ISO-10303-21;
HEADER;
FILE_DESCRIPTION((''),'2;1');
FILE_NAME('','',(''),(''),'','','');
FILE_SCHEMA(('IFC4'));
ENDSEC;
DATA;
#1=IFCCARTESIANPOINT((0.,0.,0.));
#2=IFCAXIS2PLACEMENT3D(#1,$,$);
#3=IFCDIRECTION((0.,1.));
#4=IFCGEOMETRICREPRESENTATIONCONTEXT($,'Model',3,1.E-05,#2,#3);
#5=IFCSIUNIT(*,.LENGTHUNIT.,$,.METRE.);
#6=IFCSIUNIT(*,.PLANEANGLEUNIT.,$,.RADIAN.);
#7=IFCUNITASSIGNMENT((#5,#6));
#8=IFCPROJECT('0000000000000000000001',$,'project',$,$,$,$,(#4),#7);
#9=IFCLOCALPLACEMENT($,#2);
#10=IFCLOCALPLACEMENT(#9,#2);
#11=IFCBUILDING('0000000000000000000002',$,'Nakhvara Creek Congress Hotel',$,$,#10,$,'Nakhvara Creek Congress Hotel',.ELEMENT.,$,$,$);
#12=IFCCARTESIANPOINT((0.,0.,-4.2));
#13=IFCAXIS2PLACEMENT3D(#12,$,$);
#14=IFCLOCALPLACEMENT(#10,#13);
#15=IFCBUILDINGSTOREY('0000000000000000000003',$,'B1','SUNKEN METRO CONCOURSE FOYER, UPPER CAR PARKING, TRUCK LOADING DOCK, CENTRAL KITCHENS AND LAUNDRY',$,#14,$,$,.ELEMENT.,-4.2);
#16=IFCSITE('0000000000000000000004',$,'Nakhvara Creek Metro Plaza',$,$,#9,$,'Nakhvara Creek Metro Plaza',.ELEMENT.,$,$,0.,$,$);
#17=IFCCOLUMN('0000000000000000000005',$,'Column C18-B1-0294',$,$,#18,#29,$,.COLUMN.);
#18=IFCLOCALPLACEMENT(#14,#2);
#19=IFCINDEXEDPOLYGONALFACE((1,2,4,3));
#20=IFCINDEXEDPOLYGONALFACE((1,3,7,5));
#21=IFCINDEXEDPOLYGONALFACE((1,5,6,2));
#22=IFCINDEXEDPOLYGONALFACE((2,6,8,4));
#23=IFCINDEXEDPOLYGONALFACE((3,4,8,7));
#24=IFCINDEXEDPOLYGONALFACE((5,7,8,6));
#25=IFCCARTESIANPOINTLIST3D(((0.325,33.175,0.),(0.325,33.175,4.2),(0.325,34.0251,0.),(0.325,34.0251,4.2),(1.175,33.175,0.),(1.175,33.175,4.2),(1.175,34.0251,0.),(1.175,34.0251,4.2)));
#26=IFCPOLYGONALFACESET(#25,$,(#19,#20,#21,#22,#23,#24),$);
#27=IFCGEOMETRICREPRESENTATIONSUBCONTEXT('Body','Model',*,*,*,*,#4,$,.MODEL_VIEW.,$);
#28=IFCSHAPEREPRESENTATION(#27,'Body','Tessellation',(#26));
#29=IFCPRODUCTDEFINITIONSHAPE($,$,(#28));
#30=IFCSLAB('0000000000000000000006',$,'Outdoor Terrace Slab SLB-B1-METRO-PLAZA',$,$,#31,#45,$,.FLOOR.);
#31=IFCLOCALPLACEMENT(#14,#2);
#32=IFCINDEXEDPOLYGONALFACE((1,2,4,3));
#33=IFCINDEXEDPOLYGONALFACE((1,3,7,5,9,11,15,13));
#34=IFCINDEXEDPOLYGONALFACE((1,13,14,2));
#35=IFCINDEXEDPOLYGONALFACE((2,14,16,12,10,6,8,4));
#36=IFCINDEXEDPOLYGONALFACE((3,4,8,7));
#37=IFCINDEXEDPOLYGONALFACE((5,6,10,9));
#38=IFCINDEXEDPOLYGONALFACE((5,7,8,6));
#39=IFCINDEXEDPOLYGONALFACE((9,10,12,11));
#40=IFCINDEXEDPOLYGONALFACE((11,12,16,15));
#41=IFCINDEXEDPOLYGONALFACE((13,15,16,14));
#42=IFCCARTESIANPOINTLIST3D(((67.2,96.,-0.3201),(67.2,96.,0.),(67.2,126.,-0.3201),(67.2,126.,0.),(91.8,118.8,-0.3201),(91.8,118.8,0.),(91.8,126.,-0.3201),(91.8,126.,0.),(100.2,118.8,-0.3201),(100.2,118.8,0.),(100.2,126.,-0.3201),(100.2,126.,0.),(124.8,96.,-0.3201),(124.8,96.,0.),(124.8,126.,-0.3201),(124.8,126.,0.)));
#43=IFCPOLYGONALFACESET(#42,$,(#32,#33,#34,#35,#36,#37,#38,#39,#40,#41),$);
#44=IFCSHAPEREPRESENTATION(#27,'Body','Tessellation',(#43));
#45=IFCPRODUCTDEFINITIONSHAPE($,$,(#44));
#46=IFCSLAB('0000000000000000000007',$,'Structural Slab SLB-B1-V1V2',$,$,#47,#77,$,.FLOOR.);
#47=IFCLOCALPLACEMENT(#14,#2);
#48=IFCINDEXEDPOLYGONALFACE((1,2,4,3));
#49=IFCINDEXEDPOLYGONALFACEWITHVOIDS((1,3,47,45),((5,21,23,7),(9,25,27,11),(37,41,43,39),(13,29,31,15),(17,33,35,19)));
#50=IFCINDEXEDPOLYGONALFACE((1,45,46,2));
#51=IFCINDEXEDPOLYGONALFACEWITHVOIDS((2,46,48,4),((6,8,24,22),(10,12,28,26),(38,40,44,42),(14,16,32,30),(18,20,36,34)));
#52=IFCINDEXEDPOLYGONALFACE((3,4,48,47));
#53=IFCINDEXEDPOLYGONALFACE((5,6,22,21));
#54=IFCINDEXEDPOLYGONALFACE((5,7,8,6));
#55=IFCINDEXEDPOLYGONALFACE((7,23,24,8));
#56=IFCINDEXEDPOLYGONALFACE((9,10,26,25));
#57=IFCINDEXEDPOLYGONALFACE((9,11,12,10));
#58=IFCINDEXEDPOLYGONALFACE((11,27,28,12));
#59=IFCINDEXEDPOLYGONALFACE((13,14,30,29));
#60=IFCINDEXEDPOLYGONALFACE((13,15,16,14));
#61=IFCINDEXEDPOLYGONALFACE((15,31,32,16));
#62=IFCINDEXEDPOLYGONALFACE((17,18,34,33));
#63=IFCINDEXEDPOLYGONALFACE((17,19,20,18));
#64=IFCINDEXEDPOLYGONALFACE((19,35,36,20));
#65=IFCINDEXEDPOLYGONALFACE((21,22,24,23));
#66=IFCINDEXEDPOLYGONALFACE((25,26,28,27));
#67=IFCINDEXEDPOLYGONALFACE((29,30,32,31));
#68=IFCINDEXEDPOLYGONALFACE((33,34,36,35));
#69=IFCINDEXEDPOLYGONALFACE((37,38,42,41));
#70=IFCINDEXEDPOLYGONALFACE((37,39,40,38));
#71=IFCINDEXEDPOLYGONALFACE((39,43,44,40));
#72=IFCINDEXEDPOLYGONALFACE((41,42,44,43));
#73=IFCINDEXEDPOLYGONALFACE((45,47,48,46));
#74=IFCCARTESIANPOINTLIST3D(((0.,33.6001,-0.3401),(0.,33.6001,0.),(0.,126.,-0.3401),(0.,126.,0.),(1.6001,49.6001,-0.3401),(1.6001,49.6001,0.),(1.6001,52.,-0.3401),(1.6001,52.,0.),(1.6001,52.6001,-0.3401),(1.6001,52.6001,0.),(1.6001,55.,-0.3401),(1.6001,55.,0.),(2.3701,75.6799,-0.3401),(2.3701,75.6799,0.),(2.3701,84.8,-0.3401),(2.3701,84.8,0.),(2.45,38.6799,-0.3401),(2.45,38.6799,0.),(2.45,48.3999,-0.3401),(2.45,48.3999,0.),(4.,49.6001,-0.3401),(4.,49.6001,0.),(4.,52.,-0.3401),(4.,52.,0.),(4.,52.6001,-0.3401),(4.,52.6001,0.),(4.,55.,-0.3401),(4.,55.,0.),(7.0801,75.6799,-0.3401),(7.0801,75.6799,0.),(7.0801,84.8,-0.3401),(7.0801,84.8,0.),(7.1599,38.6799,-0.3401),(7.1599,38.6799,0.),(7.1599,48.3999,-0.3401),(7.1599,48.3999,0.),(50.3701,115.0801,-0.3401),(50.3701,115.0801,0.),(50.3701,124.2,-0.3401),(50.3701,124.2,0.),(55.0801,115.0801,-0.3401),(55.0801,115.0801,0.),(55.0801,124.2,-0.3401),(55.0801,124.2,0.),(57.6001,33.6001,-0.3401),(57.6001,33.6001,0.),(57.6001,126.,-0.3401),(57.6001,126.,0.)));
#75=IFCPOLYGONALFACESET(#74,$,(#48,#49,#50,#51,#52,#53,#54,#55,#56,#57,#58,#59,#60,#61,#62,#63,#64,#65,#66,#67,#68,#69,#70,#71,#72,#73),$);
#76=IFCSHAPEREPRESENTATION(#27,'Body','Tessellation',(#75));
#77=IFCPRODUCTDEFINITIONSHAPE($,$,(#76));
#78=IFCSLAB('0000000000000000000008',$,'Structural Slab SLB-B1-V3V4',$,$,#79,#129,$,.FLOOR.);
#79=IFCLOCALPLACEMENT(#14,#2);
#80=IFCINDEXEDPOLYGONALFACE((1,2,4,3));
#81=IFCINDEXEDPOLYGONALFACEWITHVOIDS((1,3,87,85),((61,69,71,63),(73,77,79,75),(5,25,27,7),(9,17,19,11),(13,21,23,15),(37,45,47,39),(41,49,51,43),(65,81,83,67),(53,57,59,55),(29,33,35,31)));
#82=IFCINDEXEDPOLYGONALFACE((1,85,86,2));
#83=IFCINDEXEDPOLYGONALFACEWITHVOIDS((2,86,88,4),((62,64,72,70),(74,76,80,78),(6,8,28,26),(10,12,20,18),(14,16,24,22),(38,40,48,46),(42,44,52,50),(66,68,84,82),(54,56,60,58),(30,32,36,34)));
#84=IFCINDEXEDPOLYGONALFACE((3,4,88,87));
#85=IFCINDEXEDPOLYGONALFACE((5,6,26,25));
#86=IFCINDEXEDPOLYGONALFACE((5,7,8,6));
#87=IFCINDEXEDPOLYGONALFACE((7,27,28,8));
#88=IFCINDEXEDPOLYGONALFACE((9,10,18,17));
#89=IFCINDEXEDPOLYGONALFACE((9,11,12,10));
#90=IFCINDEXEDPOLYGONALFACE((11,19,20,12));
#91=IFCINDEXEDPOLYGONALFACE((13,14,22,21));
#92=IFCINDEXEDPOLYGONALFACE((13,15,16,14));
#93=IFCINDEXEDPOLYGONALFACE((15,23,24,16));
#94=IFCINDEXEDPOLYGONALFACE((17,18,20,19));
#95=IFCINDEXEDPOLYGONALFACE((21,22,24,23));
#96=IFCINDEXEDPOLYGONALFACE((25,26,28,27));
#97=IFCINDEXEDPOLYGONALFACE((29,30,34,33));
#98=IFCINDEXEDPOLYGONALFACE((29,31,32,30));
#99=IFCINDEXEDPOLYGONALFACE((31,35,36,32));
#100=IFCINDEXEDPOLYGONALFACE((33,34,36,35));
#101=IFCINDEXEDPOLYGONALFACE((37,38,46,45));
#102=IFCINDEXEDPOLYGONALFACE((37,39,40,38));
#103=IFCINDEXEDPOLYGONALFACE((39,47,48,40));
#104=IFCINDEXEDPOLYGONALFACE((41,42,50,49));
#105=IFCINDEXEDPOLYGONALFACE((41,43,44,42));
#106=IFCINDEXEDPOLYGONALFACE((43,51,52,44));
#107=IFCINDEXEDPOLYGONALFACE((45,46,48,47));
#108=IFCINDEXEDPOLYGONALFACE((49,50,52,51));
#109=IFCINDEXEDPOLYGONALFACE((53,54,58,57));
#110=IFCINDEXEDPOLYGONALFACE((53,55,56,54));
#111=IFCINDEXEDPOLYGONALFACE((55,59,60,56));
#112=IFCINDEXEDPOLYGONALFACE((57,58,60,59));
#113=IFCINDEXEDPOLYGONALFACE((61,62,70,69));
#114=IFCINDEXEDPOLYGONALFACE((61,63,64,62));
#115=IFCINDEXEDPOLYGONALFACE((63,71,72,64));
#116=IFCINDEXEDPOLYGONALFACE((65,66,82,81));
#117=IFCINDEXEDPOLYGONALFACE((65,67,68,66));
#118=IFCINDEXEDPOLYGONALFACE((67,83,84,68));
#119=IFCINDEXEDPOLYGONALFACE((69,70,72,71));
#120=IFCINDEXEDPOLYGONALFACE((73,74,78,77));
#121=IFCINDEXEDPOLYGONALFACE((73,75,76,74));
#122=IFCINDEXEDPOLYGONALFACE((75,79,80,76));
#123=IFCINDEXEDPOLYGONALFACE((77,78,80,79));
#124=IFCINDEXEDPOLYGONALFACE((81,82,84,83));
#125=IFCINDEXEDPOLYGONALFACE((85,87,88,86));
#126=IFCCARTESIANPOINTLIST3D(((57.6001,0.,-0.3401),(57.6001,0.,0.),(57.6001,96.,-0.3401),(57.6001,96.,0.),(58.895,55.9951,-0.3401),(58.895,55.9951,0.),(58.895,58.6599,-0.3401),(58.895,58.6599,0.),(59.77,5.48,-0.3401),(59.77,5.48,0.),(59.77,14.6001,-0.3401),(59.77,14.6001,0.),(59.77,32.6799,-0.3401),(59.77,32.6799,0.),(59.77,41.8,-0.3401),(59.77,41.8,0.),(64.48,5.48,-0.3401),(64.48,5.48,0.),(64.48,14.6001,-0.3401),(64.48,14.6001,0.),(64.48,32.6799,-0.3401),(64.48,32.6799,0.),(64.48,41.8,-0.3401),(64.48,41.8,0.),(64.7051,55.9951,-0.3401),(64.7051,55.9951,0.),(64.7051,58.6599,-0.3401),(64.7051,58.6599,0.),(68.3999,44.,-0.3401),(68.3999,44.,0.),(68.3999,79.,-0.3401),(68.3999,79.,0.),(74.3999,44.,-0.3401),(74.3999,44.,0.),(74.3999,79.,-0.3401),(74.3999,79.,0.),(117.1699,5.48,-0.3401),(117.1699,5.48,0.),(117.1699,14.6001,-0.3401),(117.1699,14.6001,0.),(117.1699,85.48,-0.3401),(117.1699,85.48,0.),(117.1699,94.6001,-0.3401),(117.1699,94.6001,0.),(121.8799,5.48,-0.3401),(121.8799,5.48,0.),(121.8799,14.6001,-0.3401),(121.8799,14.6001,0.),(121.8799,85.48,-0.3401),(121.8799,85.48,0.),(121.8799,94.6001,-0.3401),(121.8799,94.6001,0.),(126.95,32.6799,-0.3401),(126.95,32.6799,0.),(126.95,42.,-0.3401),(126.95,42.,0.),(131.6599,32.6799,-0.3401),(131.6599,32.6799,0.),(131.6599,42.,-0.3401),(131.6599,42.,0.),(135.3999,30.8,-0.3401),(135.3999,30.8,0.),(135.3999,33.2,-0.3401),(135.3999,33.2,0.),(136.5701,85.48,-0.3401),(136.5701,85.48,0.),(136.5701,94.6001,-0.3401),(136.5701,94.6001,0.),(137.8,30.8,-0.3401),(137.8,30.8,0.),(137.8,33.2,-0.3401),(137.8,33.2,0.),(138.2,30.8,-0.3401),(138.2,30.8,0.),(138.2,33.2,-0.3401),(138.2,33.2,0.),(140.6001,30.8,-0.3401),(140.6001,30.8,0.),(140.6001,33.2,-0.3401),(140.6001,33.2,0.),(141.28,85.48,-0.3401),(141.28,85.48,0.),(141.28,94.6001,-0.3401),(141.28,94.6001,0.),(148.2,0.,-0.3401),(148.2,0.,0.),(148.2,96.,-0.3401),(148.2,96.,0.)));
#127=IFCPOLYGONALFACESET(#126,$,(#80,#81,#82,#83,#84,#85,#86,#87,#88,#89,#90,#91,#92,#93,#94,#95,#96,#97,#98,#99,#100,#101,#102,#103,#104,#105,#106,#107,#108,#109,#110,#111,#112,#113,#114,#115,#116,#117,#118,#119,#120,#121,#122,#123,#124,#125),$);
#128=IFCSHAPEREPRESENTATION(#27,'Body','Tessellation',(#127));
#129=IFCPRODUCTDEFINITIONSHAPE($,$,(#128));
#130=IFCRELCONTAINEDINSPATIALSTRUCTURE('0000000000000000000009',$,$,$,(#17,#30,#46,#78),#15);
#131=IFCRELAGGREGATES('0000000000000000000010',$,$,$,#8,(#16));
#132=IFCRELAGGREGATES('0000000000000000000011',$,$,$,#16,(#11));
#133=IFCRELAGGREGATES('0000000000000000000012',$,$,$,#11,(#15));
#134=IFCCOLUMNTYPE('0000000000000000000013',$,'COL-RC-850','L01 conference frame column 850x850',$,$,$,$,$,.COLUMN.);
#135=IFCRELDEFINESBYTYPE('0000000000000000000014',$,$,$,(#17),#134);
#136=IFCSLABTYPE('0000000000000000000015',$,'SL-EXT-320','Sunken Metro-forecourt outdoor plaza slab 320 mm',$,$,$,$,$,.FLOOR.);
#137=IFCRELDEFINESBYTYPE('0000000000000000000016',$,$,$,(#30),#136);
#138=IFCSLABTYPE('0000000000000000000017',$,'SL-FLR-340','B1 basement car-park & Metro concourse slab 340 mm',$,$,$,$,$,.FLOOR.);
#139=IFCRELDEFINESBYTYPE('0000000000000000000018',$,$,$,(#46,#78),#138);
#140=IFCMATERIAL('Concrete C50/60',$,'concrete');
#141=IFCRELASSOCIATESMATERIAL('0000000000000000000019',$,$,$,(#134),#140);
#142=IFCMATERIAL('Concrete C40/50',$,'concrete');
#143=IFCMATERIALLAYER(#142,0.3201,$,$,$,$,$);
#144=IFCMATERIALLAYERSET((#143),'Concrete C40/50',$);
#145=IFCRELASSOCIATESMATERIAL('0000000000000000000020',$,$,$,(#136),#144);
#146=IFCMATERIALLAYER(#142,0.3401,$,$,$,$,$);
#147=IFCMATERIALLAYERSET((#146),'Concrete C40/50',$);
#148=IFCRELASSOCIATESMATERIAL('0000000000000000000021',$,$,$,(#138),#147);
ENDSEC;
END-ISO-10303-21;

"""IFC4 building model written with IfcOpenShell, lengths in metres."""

from ifc_helpers import new_model, si_unit, direction, frame, origin, origin_2d, place, context, subcontext, project, spatial, polyline, rectangle, outline, extrude, material, layer, layer_set, material_profile, profile_set, type_object, element, save


model = new_model("IFC4")

# Units and contexts
model_context = context("Model", 3, precision=1e-05, world=origin(), true_north=direction((0.0, 1.0)))
body_context = subcontext(model_context, "Body", "Model", "MODEL_VIEW")
ifc_project = project(units=[si_unit("LENGTHUNIT", "METRE"), si_unit("PLANEANGLEUNIT", "RADIAN")], contexts=[model_context])

# Site, building, storey
site_placement = place(None, origin())
site = spatial("IfcSite", under=ifc_project, at=site_placement, Name="Nakhvara Creek Metro Plaza", LongName="Nakhvara Creek Metro Plaza", CompositionType="ELEMENT", RefElevation=0.0)
building_placement = place(site_placement, origin())
building = spatial("IfcBuilding", under=site, at=building_placement, Name="Nakhvara Creek Congress Hotel", LongName="Nakhvara Creek Congress Hotel", CompositionType="ELEMENT")
storey_placement = place(building_placement, frame((0.0, 0.0, -4.2)))
storey = spatial("IfcBuildingStorey", under=building, at=storey_placement, Name="B1", Description="SUNKEN METRO CONCOURSE FOYER, UPPER CAR PARKING, TRUCK LOADING DOCK, CENTRAL KITCHENS AND LAUNDRY", CompositionType="ELEMENT", Elevation=-4.2)

# Column
ifc_material_1 = material(Name="Concrete C50/60", Category="concrete")
ifc_material_profile = material_profile(ifc_material_1, rectangle(XDim=0.8501, YDim=0.8501, at=origin_2d()), Name="RC-COL 850x850", Category="LoadBearing")
ifc_profile_set = profile_set([ifc_material_profile], Name="Concrete C50/60")
column_type = type_object("IfcColumnType", Name="COL-RC-850", Description="L01 conference frame column 850x850", PredefinedType="COLUMN", material=ifc_profile_set)
column_placement = place(storey_placement, frame((0.75, 33.6001, 0.0), z_axis=(0.0, 0.0, 1.0), x_axis=(1.0, 0.0, 0.0)))
element("IfcColumn", 1, at=column_placement, inside=storey, type_object=column_type, Name="Column C18-B1-0294", PredefinedType="COLUMN", context=body_context, shape_type="SweptSolid", body=[
    extrude(rectangle(XDim=0.8501, YDim=0.8501, at=origin_2d()), origin(), (0.0, 0.0, 1.0), 4.2),
])

# Slabs
ifc_material_2 = material(Name="Concrete C40/50", Category="concrete")
ifc_layer_1 = layer(ifc_material_2, 0.3201)
ifc_layer_set_1 = layer_set([ifc_layer_1], Name="Concrete C40/50")
slab_type_1 = type_object("IfcSlabType", Name="SL-EXT-320", Description="Sunken Metro-forecourt outdoor plaza slab 320 mm", PredefinedType="FLOOR", material=ifc_layer_set_1)
slab_1_placement = place(storey_placement, frame((0.0, 0.0, -0.3201)))
element("IfcSlab", 2, at=slab_1_placement, inside=storey, type_object=slab_type_1, Name="Outdoor Terrace Slab SLB-B1-METRO-PLAZA", PredefinedType="FLOOR", context=body_context, shape_type="SweptSolid", body=[
    extrude(outline(polyline([(67.2, 96.0), (124.8, 96.0), (124.8, 126.0), (100.2, 126.0), (100.2, 118.8), (91.8, 118.8), (91.8, 126.0), (67.2, 126.0), (67.2, 96.0)])), origin(), (0.0, 0.0, 1.0), 0.3201),
])
ifc_layer_2 = layer(ifc_material_2, 0.3401)
ifc_layer_set_2 = layer_set([ifc_layer_2], Name="Concrete C40/50")
slab_type_2 = type_object("IfcSlabType", Name="SL-FLR-340", Description="B1 basement car-park & Metro concourse slab 340 mm", PredefinedType="FLOOR", material=ifc_layer_set_2)
slab_2_placement = place(storey_placement, frame((0.0, 0.0, -0.3401)))
element("IfcSlab", 3, at=slab_2_placement, inside=storey, type_object=slab_type_2, Name="Structural Slab SLB-B1-V1V2", PredefinedType="FLOOR", context=body_context, shape_type="SweptSolid", body=[
    extrude(outline(polyline([(0.0, 126.0), (57.6001, 126.0), (57.6001, 33.6001), (0.0, 33.6001), (0.0, 126.0)]), holes=[polyline([(2.45, 48.3999), (2.45, 38.6799), (7.1599, 38.6799), (7.1599, 48.3999), (2.45, 48.3999)]), polyline([(4.0, 52.0), (1.6001, 52.0), (1.6001, 49.6001), (4.0, 49.6001), (4.0, 52.0)]), polyline([(4.0, 55.0), (1.6001, 55.0), (1.6001, 52.6001), (4.0, 52.6001), (4.0, 55.0)]), polyline([(7.0801, 84.8), (2.3701, 84.8), (2.3701, 75.6799), (7.0801, 75.6799), (7.0801, 84.8)]), polyline([(55.0801, 124.2), (50.3701, 124.2), (50.3701, 115.0801), (55.0801, 115.0801), (55.0801, 124.2)])]), origin(), (0.0, 0.0, 1.0), 0.3401),
])
slab_3_placement = place(storey_placement, frame((0.0, 0.0, -0.3401)))
element("IfcSlab", 4, at=slab_3_placement, inside=storey, type_object=slab_type_2, Name="Structural Slab SLB-B1-V3V4", PredefinedType="FLOOR", context=body_context, shape_type="SweptSolid", body=[
    extrude(outline(polyline([(57.6001, 96.0), (148.2, 96.0), (148.2, 0.0), (57.6001, 0.0), (57.6001, 96.0)]), holes=[polyline([(64.48, 14.6001), (59.77, 14.6001), (59.77, 5.48), (64.48, 5.48), (64.48, 14.6001)]), polyline([(121.8799, 14.6001), (117.1699, 14.6001), (117.1699, 5.48), (121.8799, 5.48), (121.8799, 14.6001)]), polyline([(137.8, 30.8), (137.8, 33.2), (135.3999, 33.2), (135.3999, 30.8), (137.8, 30.8)]), polyline([(138.2, 30.8), (140.6001, 30.8), (140.6001, 33.2), (138.2, 33.2), (138.2, 30.8)]), polyline([(64.48, 32.6799), (64.48, 41.8), (59.77, 41.8), (59.77, 32.6799), (64.48, 32.6799)]), polyline([(131.6599, 42.0), (126.95, 42.0), (126.95, 32.6799), (131.6599, 32.6799), (131.6599, 42.0)]), polyline([(64.7051, 55.9951), (64.7051, 58.6599), (58.895, 58.6599), (58.895, 55.9951), (64.7051, 55.9951)]), polyline([(74.3999, 44.0), (74.3999, 79.0), (68.3999, 79.0), (68.3999, 44.0), (74.3999, 44.0)]), polyline([(121.8799, 85.48), (121.8799, 94.6001), (117.1699, 94.6001), (117.1699, 85.48), (121.8799, 85.48)]), polyline([(141.28, 85.48), (141.28, 94.6001), (136.5701, 94.6001), (136.5701, 85.48), (141.28, 85.48)])]), origin(), (0.0, 0.0, 1.0), 0.3401),
])

save(model, "model.ifc")
